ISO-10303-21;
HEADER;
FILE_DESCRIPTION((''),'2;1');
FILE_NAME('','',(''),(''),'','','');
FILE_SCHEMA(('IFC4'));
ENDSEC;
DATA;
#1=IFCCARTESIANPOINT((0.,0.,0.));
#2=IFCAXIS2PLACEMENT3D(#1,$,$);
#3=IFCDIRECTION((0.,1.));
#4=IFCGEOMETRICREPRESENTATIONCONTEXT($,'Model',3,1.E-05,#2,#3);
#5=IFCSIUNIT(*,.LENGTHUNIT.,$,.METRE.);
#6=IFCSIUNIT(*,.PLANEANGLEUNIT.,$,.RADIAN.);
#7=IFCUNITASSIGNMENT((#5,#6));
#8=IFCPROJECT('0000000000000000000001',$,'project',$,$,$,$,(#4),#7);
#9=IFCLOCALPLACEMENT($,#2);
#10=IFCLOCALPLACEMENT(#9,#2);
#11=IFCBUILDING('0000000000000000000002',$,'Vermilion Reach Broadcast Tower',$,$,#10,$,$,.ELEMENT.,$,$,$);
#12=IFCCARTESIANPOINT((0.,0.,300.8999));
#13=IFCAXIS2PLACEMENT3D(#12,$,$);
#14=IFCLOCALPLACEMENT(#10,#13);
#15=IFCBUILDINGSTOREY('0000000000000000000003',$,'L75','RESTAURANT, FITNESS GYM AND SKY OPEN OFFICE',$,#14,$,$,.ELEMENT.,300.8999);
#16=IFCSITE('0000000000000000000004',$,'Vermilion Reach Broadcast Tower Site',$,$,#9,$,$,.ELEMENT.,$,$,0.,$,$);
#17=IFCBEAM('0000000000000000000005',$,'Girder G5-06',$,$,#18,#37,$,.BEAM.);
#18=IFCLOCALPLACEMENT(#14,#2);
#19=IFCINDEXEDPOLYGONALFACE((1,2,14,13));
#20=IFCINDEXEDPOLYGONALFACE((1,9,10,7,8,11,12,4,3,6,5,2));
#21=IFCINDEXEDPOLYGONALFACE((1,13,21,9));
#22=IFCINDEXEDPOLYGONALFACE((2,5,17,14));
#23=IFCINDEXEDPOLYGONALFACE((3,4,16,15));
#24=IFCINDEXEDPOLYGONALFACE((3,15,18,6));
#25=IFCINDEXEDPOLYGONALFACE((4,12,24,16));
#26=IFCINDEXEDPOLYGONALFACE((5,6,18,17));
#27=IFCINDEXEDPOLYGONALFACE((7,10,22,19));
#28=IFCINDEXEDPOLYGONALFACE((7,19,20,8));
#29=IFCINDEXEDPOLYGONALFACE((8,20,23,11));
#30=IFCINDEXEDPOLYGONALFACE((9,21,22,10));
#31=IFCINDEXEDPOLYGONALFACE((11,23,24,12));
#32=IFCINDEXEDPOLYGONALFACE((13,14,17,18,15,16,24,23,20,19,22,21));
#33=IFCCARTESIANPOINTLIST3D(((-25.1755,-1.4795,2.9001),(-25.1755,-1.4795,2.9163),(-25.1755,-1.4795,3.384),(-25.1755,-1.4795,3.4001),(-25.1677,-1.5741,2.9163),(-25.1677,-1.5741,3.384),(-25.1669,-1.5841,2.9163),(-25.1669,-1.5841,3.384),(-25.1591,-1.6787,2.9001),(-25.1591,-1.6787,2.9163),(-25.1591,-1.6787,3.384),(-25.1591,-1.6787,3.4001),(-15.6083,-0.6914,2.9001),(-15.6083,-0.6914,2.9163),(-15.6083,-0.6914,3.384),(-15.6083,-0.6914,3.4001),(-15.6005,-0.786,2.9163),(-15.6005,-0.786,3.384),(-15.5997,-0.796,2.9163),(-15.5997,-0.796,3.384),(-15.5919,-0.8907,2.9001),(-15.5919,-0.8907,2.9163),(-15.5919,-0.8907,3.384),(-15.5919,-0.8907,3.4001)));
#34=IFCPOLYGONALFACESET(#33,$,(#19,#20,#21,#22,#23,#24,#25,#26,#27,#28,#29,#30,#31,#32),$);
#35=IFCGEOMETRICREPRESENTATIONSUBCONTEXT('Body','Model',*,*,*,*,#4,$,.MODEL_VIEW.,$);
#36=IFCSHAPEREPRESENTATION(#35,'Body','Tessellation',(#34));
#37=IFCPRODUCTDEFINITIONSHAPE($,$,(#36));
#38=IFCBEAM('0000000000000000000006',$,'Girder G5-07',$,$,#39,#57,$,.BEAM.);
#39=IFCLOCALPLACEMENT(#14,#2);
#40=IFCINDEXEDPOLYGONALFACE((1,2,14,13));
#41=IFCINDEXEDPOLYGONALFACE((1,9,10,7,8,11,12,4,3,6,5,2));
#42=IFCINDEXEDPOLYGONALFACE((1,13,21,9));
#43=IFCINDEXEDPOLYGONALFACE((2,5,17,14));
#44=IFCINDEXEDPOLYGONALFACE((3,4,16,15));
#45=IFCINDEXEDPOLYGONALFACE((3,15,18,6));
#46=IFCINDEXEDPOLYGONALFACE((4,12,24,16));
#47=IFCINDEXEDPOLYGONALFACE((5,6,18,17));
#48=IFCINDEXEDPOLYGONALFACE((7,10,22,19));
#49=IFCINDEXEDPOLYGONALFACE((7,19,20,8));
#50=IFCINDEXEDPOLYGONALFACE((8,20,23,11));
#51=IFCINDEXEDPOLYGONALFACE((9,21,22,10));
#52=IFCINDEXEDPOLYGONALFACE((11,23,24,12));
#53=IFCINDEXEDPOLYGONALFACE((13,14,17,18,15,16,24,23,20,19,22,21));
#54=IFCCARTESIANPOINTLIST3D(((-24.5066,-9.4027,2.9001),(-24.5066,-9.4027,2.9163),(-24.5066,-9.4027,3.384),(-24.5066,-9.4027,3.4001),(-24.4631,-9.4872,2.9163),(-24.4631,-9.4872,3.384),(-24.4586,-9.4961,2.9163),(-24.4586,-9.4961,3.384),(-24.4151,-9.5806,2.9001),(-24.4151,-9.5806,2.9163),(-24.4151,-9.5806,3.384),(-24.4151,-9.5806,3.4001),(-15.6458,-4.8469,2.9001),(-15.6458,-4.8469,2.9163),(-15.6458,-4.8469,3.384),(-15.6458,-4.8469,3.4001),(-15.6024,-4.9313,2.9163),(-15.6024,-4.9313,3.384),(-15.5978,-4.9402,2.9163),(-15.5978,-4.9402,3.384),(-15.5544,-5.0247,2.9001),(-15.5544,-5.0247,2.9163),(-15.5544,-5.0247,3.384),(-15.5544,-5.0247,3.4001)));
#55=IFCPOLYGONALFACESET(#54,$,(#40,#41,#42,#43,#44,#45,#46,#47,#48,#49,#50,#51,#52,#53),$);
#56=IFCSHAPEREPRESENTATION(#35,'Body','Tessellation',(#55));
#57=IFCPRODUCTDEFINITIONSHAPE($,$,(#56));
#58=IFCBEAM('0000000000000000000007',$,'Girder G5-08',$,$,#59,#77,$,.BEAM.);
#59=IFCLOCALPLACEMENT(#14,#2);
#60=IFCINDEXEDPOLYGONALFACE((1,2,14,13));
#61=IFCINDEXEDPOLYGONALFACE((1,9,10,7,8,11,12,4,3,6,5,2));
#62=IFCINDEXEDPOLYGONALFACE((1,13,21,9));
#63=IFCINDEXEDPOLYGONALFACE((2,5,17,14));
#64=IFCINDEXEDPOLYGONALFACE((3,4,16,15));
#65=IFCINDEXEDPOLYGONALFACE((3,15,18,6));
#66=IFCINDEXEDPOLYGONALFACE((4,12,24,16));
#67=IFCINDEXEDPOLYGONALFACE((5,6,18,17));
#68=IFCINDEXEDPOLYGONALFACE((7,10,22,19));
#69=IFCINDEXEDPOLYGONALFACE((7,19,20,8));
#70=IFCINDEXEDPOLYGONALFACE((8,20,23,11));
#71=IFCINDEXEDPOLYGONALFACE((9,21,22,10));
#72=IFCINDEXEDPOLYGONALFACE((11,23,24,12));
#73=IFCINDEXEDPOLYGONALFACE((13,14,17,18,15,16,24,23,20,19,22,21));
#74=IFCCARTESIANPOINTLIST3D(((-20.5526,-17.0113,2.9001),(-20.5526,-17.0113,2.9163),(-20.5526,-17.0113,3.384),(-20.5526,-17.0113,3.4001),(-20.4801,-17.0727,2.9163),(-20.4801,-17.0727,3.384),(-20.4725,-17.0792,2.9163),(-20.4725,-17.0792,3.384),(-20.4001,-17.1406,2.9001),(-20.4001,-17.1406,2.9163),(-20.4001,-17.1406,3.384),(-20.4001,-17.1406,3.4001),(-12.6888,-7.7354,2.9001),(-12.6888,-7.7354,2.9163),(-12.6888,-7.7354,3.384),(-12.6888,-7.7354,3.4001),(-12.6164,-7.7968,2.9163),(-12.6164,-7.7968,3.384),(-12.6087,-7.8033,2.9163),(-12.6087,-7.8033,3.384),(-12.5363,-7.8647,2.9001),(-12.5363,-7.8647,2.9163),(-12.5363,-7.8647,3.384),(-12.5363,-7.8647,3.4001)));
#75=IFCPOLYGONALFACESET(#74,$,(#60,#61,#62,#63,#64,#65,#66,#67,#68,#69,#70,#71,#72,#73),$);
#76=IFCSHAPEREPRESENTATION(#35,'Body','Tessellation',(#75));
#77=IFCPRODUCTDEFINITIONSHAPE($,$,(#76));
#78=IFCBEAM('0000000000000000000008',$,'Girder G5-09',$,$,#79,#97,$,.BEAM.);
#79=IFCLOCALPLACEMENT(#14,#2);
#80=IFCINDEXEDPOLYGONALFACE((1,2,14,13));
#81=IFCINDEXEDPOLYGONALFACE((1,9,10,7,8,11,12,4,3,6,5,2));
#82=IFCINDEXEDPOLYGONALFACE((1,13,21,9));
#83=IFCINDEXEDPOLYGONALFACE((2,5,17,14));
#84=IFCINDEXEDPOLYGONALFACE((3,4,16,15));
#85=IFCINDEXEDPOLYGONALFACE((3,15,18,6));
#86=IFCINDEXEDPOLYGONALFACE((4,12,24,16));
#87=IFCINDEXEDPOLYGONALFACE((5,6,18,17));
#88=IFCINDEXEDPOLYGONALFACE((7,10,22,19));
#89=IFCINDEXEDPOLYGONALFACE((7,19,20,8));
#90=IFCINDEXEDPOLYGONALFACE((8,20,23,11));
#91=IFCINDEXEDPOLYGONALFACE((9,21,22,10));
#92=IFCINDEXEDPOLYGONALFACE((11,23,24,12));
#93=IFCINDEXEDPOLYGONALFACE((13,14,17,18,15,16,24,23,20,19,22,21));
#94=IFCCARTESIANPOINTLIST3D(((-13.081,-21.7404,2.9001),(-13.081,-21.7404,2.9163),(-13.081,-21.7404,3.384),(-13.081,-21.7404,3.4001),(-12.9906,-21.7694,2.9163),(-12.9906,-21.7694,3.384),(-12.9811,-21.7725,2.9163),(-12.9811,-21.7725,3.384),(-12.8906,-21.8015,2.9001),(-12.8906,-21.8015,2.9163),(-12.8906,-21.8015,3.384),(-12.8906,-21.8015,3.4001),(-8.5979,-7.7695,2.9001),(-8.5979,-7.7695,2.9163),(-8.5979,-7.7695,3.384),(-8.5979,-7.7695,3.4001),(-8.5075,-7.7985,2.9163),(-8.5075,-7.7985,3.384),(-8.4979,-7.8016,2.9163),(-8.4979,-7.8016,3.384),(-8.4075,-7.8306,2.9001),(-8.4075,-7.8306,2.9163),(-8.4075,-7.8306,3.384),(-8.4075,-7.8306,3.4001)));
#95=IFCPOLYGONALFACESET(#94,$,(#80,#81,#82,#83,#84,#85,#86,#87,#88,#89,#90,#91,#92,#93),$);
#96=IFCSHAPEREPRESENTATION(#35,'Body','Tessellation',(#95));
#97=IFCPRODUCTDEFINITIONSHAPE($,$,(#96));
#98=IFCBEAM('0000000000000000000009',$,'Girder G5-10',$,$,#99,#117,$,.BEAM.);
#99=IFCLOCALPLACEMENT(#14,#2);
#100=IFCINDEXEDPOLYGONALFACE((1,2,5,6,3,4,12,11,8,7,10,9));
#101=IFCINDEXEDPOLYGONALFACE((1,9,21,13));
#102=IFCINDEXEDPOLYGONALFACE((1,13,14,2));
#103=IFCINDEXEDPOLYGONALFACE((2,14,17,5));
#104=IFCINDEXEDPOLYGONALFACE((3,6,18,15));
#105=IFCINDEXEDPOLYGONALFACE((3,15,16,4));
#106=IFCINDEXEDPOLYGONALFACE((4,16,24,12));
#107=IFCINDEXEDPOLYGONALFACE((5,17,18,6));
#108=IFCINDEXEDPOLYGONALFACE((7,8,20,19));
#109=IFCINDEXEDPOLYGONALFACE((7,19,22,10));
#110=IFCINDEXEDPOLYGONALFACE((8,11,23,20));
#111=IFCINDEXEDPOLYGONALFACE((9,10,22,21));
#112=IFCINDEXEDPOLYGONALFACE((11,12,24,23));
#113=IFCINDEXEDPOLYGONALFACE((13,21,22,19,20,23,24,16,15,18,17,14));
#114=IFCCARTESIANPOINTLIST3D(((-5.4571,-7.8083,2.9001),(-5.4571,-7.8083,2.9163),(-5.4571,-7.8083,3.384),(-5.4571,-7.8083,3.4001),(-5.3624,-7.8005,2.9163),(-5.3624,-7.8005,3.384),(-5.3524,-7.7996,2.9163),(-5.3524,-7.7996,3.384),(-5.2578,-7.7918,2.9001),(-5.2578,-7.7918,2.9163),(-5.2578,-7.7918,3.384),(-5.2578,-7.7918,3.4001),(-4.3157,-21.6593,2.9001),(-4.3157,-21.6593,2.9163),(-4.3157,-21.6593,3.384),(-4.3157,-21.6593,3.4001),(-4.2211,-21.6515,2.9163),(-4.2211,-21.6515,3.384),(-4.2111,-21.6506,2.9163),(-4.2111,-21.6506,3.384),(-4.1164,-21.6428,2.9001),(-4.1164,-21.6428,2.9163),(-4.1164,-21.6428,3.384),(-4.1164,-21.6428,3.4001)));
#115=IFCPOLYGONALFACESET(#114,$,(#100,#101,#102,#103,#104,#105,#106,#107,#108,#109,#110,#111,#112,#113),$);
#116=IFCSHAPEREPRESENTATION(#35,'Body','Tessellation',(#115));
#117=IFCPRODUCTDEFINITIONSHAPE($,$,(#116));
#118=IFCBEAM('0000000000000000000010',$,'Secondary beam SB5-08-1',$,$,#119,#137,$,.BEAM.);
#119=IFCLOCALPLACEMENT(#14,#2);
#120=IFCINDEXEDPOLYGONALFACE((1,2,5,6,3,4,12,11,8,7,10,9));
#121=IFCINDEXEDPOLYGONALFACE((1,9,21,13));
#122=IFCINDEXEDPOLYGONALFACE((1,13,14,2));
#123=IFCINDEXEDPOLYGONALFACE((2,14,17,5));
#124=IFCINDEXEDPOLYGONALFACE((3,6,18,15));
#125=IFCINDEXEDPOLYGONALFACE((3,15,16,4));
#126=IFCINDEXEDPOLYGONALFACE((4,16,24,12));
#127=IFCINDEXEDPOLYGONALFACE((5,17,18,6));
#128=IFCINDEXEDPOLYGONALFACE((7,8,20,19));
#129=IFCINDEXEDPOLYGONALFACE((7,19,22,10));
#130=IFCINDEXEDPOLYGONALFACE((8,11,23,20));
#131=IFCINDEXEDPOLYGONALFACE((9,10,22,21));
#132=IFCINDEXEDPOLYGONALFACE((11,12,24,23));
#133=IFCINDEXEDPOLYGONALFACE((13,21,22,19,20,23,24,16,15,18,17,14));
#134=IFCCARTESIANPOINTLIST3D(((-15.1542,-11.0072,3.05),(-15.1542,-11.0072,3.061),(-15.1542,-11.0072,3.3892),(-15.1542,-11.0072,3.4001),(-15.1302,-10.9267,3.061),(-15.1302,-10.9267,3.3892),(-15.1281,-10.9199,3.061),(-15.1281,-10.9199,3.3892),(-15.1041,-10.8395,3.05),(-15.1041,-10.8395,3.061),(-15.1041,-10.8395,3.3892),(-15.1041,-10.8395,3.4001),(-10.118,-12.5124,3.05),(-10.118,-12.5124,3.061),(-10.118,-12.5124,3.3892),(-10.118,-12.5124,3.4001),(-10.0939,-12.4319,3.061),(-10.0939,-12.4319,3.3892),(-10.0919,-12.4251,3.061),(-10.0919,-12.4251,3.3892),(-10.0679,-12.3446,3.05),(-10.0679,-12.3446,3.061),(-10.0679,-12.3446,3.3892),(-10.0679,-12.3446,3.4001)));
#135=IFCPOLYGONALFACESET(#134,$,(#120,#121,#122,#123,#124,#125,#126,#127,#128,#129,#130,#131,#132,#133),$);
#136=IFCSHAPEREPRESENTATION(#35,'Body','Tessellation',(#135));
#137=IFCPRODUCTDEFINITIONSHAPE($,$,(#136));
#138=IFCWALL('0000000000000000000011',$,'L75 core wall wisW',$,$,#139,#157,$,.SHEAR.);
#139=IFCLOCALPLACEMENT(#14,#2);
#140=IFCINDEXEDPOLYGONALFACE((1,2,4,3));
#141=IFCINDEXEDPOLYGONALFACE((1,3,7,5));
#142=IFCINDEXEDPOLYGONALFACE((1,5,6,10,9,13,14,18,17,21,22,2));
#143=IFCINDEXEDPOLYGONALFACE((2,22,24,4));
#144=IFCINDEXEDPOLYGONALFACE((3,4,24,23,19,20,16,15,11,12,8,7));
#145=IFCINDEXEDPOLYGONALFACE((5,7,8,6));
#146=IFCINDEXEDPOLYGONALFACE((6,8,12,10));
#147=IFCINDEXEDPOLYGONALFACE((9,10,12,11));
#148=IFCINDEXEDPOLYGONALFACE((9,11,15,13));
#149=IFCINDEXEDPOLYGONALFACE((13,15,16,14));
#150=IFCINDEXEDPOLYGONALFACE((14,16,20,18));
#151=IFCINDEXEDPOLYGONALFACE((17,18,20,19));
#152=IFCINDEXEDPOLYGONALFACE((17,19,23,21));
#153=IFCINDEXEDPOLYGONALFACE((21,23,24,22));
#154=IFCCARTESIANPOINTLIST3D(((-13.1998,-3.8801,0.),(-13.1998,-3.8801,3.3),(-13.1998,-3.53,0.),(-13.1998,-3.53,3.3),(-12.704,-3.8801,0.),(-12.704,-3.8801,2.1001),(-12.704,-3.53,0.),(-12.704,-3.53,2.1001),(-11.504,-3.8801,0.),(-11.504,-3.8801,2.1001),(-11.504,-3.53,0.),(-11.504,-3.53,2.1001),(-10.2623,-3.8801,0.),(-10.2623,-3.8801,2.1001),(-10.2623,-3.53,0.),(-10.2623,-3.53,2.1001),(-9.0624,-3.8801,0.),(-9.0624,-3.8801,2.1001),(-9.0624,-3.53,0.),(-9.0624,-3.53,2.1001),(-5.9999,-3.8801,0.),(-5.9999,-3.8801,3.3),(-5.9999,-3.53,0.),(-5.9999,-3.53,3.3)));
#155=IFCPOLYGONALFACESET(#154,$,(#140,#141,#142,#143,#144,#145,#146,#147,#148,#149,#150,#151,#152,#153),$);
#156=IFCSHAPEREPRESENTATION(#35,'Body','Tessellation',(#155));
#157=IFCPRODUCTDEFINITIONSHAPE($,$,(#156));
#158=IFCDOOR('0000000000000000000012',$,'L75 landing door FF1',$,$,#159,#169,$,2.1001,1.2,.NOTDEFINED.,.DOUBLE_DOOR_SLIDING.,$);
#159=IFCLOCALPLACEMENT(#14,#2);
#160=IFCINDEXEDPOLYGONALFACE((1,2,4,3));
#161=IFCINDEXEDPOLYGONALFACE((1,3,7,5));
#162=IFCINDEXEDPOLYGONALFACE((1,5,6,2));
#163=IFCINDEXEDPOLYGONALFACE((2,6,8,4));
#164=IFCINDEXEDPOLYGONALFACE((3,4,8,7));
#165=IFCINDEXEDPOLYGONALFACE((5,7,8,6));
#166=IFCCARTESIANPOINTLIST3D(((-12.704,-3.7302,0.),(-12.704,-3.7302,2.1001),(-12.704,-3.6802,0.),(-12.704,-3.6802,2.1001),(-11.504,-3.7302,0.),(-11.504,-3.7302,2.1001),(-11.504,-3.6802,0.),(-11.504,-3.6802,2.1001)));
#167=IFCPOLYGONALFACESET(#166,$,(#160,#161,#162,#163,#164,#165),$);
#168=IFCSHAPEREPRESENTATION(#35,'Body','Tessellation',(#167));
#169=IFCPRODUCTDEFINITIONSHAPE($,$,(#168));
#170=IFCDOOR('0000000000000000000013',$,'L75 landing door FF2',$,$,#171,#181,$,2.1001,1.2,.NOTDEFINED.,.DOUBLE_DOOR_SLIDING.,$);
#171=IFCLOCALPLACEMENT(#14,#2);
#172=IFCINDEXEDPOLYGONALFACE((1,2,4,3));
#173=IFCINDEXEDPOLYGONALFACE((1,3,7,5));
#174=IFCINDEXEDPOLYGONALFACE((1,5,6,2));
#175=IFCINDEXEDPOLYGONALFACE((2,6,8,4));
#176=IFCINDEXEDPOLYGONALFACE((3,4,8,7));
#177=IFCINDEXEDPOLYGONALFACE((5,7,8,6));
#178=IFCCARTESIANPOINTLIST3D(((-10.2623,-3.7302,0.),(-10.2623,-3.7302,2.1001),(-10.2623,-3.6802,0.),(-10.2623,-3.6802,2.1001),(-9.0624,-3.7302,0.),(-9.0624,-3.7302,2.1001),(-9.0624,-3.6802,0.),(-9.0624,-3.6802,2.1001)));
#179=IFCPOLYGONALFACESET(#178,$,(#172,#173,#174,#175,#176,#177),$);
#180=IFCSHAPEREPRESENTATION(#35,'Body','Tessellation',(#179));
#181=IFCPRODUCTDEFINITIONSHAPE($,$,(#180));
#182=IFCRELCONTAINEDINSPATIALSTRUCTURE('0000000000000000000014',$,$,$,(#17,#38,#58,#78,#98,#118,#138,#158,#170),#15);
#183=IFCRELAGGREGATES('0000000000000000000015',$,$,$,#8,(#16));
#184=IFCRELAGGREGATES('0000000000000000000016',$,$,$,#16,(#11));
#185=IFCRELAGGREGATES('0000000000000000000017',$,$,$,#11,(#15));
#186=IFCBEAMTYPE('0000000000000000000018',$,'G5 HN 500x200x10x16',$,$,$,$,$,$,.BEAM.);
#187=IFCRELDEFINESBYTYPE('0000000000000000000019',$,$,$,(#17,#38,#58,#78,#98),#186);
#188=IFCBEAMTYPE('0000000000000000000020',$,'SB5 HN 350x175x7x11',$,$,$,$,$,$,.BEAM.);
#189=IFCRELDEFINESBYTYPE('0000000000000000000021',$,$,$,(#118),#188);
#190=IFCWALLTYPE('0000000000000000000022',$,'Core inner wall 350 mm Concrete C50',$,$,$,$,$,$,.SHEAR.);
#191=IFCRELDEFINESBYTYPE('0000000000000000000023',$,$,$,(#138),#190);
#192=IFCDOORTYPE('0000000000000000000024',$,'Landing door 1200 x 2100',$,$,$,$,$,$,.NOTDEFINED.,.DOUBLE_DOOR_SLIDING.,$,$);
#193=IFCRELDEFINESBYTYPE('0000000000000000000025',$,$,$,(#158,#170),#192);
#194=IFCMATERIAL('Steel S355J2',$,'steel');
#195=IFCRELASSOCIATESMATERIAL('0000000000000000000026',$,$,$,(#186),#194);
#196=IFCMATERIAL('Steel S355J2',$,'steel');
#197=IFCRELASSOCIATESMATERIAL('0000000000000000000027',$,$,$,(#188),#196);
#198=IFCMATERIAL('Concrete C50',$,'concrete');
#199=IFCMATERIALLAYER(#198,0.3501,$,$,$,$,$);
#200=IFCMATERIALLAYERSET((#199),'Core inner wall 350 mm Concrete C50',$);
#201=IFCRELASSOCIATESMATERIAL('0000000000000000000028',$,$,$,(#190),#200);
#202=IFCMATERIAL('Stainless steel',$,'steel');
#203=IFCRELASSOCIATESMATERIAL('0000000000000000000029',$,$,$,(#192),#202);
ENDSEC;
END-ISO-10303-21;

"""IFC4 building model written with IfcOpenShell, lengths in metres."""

from ifc_helpers import new_model, si_unit, direction, frame, frame_2d, origin, origin_2d, place, context, subcontext, project, spatial, rectangle, i_section, extrude, material, layer, layer_set, material_profile, profile_set, type_object, element, fill, save


model = new_model("IFC4")

# Units and contexts
model_context = context("Model", 3, precision=1e-05, world=origin(), true_north=direction((0.0, 1.0)))
body_context = subcontext(model_context, "Body", "Model", "MODEL_VIEW")
ifc_project = project(units=[si_unit("LENGTHUNIT", "METRE"), si_unit("PLANEANGLEUNIT", "RADIAN")], contexts=[model_context])

# Site, building, storey
site_placement = place(None, origin())
site = spatial("IfcSite", under=ifc_project, at=site_placement, Name="Vermilion Reach Broadcast Tower Site", CompositionType="ELEMENT", RefElevation=0.0)
building_placement = place(site_placement, origin())
building = spatial("IfcBuilding", under=site, at=building_placement, Name="Vermilion Reach Broadcast Tower", CompositionType="ELEMENT")
storey_placement = place(building_placement, frame((0.0, 0.0, 300.8999)))
storey = spatial("IfcBuildingStorey", under=building, at=storey_placement, Name="L75", Description="RESTAURANT, FITNESS GYM AND SKY OPEN OFFICE", CompositionType="ELEMENT", Elevation=300.8999)

# Beams
ifc_material_1 = material(Name="Steel S355J2", Category="steel")
ifc_material_profile_1 = material_profile(ifc_material_1, i_section(OverallWidth=0.2, OverallDepth=0.5, WebThickness=0.01, FlangeThickness=0.0161, at=origin_2d()), Name="S355J2 HN 500x200x10x16")
ifc_profile_set_1 = profile_set([ifc_material_profile_1], Name="Steel S355J2")
beam_type_1 = type_object("IfcBeamType", Name="G5 HN 500x200x10x16", PredefinedType="BEAM", material=ifc_profile_set_1)
beam_1_placement = place(storey_placement, frame((-15.6001, -0.791, 3.1501), z_axis=(-0.996624, -0.082096, 0.0), x_axis=(0.082096, -0.996624, 0.0)))
element("IfcBeam", 1, at=beam_1_placement, inside=storey, type_object=beam_type_1, Name="Girder G5-06", PredefinedType="BEAM", context=body_context, shape_type="SweptSolid", body=[
    extrude(i_section(OverallWidth=0.2, OverallDepth=0.5, WebThickness=0.01, FlangeThickness=0.0161, at=origin_2d()), origin(), (0.0, 0.0, 1.0), 9.5996),
])
beam_2_placement = place(storey_placement, frame((-15.6001, -4.9358, 3.1501), z_axis=(-0.889333, -0.457261, 0.0), x_axis=(0.457261, -0.889333, 0.0)))
element("IfcBeam", 2, at=beam_2_placement, inside=storey, type_object=beam_type_1, Name="Girder G5-07", PredefinedType="BEAM", context=body_context, shape_type="SweptSolid", body=[
    extrude(i_section(OverallWidth=0.2, OverallDepth=0.5, WebThickness=0.01, FlangeThickness=0.0161, at=origin_2d()), origin(), (0.0, 0.0, 1.0), 9.9634),
])
beam_3_placement = place(storey_placement, frame((-12.6125, -7.8, 3.1501), z_axis=(-0.646658, -0.76278, 0.0), x_axis=(0.76278, -0.646658, 0.0)))
element("IfcBeam", 3, at=beam_3_placement, inside=storey, type_object=beam_type_1, Name="Girder G5-08", PredefinedType="BEAM", context=body_context, shape_type="SweptSolid", body=[
    extrude(i_section(OverallWidth=0.2, OverallDepth=0.5, WebThickness=0.01, FlangeThickness=0.0161, at=origin_2d()), origin(), (0.0, 0.0, 1.0), 12.1606),
])
beam_4_placement = place(storey_placement, frame((-8.5027, -7.8, 3.1501), z_axis=(-0.305545, -0.952178, 0.0), x_axis=(0.952178, -0.305545, 0.0)))
element("IfcBeam", 4, at=beam_4_placement, inside=storey, type_object=beam_type_1, Name="Girder G5-09", PredefinedType="BEAM", context=body_context, shape_type="SweptSolid", body=[
    extrude(i_section(OverallWidth=0.2, OverallDepth=0.5, WebThickness=0.01, FlangeThickness=0.0161, at=origin_2d()), origin(), (0.0, 0.0, 1.0), 14.6726),
])
beam_5_placement = place(storey_placement, frame((-5.3574, -7.8, 3.1501), z_axis=(0.082124, -0.996622, 0.0), x_axis=(0.996622, 0.082124, 0.0)))
element("IfcBeam", 5, at=beam_5_placement, inside=storey, type_object=beam_type_1, Name="Girder G5-10", PredefinedType="BEAM", context=body_context, shape_type="SweptSolid", body=[
    extrude(i_section(OverallWidth=0.2, OverallDepth=0.5, WebThickness=0.01, FlangeThickness=0.0161, at=origin_2d()), origin(), (0.0, 0.0, 1.0), 13.8979),
])
ifc_material_2 = material(Name="Steel S355J2", Category="steel")
ifc_material_profile_2 = material_profile(ifc_material_2, i_section(OverallWidth=0.175, OverallDepth=0.3501, WebThickness=0.0071, FlangeThickness=0.011, at=origin_2d()), Name="S355J2 HN 350x175x7x11")
ifc_profile_set_2 = profile_set([ifc_material_profile_2], Name="Steel S355J2")
beam_type_2 = type_object("IfcBeamType", Name="SB5 HN 350x175x7x11", PredefinedType="BEAM", material=ifc_profile_set_2)
beam_6_placement = place(storey_placement, frame((-15.1292, -10.9233, 3.2251), z_axis=(0.958125, -0.286351, 0.0), x_axis=(0.286351, 0.958125, 0.0)))
element("IfcBeam", 6, at=beam_6_placement, inside=storey, type_object=beam_type_2, Name="Secondary beam SB5-08-1", PredefinedType="BEAM", context=body_context, shape_type="SweptSolid", body=[
    extrude(i_section(OverallWidth=0.175, OverallDepth=0.3501, WebThickness=0.0071, FlangeThickness=0.011, at=origin_2d()), origin(), (0.0, 0.0, 1.0), 5.2563),
])

# Wall, openings, doors
ifc_material_3 = material(Name="Concrete C50", Category="concrete")
ifc_layer_1 = layer(ifc_material_3, 0.3501)
ifc_layer_set_1 = layer_set([ifc_layer_1], Name="Core inner wall 350 mm Concrete C50")
wall_type_1 = type_object("IfcWallType", Name="Core inner wall 350 mm Concrete C50", PredefinedType="SHEAR", material=ifc_layer_set_1)
wall_1_placement = place(storey_placement, frame((-13.2, -3.7051, 0.0), z_axis=(0.0, 0.0, 1.0), x_axis=(1.0, 0.0, 0.0)))
wall_1 = element("IfcWall", 7, at=wall_1_placement, inside=storey, type_object=wall_type_1, Name="L75 core wall wisW", PredefinedType="SHEAR", context=body_context, shape_type="SweptSolid", body=[
    extrude(rectangle(XDim=7.2, YDim=0.3501, at=frame_2d((3.6001, 0.0))), origin(), (0.0, 0.0, 1.0), 3.3),
])
opening_1_placement = place(wall_1_placement, frame((0.4958, 0.0, 0.0)))
opening_1 = element("IfcOpeningElement", 8, at=opening_1_placement, cuts=wall_1, PredefinedType="OPENING", context=body_context, shape_type="SweptSolid", body=[
    extrude(rectangle(XDim=1.2, YDim=2.1001, at=frame_2d((0.6001, 1.05))), frame((0.0, 0.1851, 0.0), z_axis=(0.0, -1.0, 0.0), x_axis=(1.0, 0.0, 0.0)), (0.0, 0.0, 1.0), 0.3701),
])
opening_2_placement = place(wall_1_placement, frame((2.9375, 0.0, 0.0)))
opening_2 = element("IfcOpeningElement", 9, at=opening_2_placement, cuts=wall_1, PredefinedType="OPENING", context=body_context, shape_type="SweptSolid", body=[
    extrude(rectangle(XDim=1.2, YDim=2.1001, at=frame_2d((0.6001, 1.05))), frame((0.0, 0.1851, 0.0), z_axis=(0.0, -1.0, 0.0), x_axis=(1.0, 0.0, 0.0)), (0.0, 0.0, 1.0), 0.3701),
])
ifc_material_4 = material(Name="Stainless steel", Category="steel")
door_type_1 = type_object("IfcDoorType", Name="Landing door 1200 x 2100", OperationType="DOUBLE_DOOR_SLIDING", PredefinedType="NOTDEFINED", material=ifc_material_4)
door_1_placement = place(opening_1_placement, origin())
door_1 = element("IfcDoor", 10, at=door_1_placement, inside=storey, type_object=door_type_1, Name="L75 landing door FF1", OperationType="DOUBLE_DOOR_SLIDING", OverallHeight=2.1001, OverallWidth=1.2, PredefinedType="NOTDEFINED", context=body_context, shape_type="SweptSolid", body=[
    extrude(rectangle(XDim=1.2, YDim=2.1001, at=frame_2d((0.6001, 1.05))), frame((0.0, 0.0249, 0.0), z_axis=(0.0, -1.0, 0.0), x_axis=(1.0, 0.0, 0.0)), (0.0, 0.0, 1.0), 0.05),
])
fill(opening_1, door_1)
door_2_placement = place(opening_2_placement, origin())
door_2 = element("IfcDoor", 11, at=door_2_placement, inside=storey, type_object=door_type_1, Name="L75 landing door FF2", OperationType="DOUBLE_DOOR_SLIDING", OverallHeight=2.1001, OverallWidth=1.2, PredefinedType="NOTDEFINED", context=body_context, shape_type="SweptSolid", body=[
    extrude(rectangle(XDim=1.2, YDim=2.1001, at=frame_2d((0.6001, 1.05))), frame((0.0, 0.0249, 0.0), z_axis=(0.0, -1.0, 0.0), x_axis=(1.0, 0.0, 0.0)), (0.0, 0.0, 1.0), 0.05),
])
fill(opening_2, door_2)

save(model, "model.ifc")
